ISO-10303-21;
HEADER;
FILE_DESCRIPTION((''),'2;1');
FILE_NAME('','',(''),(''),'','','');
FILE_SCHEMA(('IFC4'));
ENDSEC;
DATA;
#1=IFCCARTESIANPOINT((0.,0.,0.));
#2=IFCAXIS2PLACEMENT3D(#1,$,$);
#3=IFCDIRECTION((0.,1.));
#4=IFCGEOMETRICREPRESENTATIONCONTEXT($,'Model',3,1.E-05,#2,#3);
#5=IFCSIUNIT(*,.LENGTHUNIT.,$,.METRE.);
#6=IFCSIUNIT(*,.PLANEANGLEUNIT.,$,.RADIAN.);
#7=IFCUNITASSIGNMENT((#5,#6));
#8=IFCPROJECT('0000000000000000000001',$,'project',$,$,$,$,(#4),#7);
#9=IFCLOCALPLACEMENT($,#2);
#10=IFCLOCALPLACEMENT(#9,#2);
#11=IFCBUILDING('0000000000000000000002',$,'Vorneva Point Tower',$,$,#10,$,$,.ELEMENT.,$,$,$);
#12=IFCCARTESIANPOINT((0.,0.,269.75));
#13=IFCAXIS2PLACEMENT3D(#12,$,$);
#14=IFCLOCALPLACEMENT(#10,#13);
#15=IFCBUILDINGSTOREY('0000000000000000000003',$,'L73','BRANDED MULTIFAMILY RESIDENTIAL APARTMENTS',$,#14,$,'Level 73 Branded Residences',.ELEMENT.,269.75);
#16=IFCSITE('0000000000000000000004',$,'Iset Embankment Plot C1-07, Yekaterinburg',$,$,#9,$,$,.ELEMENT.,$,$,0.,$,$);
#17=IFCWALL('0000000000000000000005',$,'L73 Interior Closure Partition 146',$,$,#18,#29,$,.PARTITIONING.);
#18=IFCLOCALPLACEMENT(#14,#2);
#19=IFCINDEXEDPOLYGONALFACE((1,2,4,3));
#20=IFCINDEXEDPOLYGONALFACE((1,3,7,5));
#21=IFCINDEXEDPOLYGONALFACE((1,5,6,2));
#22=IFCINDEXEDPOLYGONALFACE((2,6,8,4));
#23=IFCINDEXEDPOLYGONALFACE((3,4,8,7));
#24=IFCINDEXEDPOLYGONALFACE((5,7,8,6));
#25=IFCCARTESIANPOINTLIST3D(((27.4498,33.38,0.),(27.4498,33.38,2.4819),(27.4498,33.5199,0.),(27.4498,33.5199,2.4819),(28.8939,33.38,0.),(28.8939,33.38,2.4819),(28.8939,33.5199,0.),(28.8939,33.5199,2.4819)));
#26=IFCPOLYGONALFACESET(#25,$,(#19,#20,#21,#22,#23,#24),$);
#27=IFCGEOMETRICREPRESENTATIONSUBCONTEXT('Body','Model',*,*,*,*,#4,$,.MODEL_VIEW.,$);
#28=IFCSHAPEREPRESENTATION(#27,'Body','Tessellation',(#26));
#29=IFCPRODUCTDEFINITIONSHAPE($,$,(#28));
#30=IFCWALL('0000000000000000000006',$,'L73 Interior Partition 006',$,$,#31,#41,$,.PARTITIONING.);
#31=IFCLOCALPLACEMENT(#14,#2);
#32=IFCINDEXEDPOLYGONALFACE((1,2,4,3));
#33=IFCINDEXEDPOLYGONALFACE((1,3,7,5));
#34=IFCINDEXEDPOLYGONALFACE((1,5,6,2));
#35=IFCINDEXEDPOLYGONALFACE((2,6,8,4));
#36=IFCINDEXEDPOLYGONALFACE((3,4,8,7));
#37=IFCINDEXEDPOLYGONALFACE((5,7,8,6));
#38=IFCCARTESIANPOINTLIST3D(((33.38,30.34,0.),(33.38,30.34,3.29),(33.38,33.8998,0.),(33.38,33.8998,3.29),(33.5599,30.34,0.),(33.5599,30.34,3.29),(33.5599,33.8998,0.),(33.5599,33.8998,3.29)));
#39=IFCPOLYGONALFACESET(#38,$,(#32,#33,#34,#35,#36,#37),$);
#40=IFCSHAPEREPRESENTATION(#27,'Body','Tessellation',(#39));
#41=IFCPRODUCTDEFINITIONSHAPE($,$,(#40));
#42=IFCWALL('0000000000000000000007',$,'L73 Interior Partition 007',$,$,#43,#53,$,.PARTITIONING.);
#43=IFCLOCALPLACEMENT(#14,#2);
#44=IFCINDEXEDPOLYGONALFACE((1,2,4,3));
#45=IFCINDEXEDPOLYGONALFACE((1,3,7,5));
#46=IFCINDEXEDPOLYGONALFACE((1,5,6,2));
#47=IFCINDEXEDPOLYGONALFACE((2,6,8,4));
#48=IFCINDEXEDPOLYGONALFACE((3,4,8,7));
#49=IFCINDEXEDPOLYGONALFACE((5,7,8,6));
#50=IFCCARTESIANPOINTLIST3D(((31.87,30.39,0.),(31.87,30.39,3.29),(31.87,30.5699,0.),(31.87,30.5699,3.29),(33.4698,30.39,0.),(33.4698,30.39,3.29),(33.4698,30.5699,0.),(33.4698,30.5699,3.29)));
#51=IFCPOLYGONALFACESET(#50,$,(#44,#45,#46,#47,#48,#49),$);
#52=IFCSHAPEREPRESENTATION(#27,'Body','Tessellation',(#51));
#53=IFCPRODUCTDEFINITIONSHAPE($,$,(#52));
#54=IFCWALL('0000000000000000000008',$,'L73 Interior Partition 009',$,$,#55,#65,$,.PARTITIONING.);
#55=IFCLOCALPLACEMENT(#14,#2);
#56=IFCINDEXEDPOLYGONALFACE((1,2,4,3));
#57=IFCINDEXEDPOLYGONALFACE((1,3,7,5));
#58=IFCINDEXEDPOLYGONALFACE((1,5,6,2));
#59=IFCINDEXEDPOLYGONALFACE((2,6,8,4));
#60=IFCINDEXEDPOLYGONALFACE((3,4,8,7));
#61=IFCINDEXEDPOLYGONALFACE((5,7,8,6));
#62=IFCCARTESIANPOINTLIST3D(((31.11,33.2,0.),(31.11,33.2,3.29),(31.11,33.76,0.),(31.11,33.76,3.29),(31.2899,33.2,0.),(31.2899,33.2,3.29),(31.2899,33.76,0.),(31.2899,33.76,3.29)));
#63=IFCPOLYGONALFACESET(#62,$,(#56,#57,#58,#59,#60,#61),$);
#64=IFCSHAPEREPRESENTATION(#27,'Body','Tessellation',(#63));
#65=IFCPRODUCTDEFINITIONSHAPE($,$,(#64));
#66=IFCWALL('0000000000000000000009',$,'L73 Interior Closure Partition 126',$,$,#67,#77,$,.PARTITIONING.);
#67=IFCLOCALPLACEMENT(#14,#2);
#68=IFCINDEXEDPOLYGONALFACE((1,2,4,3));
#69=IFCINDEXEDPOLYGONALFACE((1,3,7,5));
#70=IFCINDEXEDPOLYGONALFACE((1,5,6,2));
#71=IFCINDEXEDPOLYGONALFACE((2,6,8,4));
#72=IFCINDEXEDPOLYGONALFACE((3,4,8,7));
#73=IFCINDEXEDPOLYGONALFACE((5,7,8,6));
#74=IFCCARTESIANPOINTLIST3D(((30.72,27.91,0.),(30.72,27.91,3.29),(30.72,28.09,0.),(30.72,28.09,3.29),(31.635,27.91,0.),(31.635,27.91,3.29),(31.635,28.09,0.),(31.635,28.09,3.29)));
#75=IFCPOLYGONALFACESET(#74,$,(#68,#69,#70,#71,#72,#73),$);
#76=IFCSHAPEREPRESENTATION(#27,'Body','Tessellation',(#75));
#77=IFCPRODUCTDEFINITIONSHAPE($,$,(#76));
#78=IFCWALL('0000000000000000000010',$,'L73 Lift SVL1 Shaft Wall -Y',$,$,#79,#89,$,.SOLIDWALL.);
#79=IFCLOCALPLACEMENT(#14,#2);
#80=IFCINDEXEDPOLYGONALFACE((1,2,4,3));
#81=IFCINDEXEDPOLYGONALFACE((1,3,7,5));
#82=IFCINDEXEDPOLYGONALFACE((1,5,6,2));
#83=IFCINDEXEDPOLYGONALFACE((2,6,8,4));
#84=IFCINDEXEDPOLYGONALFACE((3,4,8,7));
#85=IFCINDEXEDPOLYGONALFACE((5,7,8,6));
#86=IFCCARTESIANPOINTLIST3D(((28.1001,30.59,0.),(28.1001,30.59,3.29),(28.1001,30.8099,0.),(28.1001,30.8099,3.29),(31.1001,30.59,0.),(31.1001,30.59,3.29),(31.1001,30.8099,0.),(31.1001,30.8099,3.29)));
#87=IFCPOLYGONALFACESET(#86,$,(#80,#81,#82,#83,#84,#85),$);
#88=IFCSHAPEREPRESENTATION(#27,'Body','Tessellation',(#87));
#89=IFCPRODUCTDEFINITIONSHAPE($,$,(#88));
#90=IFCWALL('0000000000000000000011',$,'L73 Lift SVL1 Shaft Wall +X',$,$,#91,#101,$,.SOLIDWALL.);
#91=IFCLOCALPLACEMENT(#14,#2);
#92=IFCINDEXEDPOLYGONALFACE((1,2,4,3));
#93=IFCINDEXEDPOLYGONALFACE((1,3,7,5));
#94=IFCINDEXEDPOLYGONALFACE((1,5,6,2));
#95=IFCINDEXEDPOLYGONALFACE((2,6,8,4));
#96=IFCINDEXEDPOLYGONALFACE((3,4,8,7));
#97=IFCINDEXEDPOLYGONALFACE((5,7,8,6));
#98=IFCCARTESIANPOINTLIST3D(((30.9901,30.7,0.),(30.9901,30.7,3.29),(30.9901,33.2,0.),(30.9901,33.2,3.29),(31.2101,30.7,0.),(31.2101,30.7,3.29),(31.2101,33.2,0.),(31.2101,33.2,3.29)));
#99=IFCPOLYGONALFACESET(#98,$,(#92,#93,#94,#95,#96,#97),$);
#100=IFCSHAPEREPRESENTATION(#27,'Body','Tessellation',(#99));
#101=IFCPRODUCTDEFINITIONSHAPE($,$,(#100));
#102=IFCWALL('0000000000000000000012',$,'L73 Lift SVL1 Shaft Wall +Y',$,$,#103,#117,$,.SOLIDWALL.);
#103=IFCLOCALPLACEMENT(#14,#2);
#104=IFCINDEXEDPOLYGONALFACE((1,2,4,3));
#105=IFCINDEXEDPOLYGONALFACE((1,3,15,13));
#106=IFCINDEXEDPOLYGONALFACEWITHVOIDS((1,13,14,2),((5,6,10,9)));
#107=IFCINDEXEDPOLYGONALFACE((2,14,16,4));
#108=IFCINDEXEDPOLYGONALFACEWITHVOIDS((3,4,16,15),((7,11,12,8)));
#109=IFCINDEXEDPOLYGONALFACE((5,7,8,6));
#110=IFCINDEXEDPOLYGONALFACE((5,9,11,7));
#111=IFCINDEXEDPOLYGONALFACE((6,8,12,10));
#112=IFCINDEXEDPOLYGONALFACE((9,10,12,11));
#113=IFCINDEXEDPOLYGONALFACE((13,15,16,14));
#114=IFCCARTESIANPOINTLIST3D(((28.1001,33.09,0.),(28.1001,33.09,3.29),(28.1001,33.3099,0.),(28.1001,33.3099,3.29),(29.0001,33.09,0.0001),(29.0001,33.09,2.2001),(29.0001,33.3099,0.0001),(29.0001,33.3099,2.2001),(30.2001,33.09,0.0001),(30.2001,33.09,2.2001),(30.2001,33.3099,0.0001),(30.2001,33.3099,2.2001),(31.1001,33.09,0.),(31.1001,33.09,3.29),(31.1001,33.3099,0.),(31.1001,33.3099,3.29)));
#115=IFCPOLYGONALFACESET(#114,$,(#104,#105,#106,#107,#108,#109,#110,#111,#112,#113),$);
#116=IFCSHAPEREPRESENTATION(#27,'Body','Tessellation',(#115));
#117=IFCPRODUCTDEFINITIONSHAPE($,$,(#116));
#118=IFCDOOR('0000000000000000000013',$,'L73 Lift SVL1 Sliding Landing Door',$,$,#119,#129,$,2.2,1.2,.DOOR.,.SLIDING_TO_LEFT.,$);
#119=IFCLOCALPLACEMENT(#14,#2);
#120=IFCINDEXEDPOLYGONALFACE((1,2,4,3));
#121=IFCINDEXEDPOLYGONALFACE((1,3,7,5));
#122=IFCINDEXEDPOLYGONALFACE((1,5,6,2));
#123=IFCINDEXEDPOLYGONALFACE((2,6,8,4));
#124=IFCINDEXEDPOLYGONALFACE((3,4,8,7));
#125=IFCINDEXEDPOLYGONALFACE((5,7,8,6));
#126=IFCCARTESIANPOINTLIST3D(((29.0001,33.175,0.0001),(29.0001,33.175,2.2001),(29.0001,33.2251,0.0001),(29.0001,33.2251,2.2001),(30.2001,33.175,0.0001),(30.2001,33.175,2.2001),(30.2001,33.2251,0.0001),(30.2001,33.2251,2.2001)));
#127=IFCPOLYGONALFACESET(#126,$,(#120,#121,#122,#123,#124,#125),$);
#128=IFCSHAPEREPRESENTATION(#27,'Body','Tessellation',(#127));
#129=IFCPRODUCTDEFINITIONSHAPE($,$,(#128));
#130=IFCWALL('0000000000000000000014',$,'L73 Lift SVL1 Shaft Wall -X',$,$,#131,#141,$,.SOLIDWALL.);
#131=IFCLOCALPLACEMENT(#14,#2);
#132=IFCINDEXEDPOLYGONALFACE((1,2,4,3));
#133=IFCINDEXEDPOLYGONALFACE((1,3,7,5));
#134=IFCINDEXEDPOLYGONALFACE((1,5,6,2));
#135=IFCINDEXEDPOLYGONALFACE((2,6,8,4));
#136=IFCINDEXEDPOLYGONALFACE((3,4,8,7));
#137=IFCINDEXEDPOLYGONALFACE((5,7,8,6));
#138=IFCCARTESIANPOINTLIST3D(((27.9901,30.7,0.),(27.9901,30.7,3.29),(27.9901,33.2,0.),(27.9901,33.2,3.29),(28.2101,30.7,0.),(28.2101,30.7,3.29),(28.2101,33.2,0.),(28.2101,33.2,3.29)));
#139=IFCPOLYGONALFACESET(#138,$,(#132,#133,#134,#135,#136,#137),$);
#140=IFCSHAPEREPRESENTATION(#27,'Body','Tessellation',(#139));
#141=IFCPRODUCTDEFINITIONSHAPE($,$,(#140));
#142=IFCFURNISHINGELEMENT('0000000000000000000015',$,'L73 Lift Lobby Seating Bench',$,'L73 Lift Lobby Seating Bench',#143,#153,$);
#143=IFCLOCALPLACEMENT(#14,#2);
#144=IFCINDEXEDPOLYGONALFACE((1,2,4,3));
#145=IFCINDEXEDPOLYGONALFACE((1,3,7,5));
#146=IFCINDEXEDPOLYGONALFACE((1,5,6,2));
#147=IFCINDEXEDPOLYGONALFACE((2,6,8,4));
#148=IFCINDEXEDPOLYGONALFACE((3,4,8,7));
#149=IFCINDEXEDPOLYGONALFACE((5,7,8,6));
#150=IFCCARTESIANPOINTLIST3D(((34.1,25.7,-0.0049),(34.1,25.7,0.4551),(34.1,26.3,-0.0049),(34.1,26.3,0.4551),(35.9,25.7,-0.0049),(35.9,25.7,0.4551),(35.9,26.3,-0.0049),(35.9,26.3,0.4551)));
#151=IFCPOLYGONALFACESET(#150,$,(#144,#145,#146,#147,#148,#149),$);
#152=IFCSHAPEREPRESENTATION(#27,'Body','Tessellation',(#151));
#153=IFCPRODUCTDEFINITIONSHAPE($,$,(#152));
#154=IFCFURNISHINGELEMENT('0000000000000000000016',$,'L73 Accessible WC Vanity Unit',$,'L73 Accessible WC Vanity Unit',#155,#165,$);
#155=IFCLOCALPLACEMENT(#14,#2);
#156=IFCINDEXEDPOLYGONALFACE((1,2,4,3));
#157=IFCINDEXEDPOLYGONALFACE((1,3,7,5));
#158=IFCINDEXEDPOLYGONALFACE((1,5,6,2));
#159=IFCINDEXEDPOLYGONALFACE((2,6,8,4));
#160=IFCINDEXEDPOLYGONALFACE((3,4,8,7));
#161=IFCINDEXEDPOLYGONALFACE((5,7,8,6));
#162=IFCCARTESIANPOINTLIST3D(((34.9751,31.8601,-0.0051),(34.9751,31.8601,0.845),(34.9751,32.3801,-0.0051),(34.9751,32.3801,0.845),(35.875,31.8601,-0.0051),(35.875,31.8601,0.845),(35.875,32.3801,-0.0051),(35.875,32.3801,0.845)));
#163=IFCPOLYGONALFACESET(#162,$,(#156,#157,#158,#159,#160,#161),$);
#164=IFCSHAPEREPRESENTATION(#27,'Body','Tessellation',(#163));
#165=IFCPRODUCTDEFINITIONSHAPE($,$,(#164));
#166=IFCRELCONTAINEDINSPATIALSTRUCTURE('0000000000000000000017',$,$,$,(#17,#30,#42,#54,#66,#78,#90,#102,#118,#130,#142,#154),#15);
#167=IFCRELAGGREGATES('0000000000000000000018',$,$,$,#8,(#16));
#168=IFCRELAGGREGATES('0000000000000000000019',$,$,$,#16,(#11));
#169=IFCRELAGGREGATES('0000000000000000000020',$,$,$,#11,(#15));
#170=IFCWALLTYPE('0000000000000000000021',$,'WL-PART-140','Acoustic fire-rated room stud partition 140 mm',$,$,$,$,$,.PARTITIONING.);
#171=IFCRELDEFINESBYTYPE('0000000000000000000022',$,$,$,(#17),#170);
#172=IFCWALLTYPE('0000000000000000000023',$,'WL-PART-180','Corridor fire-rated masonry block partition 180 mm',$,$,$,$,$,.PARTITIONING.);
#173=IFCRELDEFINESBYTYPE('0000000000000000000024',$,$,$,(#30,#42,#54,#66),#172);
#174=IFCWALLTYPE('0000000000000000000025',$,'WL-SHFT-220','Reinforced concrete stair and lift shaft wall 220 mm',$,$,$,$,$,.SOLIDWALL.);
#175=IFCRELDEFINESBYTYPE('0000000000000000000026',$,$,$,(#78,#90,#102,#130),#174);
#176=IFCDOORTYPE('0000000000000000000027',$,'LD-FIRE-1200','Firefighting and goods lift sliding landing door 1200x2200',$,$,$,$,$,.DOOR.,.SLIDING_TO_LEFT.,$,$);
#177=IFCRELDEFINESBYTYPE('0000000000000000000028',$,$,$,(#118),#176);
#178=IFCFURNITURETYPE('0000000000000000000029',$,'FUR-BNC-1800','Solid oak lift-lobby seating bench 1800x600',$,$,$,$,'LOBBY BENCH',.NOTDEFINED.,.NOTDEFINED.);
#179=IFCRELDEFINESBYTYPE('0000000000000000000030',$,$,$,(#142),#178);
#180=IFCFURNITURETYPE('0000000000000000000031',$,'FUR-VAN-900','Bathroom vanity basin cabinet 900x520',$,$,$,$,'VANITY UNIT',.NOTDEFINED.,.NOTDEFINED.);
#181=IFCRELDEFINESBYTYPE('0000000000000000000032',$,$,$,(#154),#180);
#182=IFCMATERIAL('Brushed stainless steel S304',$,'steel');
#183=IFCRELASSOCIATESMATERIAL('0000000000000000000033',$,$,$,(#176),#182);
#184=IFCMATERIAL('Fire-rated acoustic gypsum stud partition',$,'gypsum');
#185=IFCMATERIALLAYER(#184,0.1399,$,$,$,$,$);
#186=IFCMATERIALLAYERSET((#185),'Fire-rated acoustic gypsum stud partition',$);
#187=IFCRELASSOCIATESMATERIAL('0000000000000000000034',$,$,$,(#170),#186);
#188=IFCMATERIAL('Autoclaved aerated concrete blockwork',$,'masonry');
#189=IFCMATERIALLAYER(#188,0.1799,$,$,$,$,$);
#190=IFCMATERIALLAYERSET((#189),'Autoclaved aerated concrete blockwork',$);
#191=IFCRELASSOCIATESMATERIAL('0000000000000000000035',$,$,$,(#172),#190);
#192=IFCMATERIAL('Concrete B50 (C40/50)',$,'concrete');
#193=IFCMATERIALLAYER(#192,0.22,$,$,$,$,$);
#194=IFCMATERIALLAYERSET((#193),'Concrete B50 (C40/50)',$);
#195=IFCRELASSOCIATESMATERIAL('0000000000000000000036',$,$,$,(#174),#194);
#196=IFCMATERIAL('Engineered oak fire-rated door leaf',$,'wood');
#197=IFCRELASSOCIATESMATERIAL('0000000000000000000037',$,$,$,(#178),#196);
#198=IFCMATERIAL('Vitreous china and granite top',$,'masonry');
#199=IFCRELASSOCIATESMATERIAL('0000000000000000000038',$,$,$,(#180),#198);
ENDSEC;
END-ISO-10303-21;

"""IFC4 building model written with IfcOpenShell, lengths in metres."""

from ifc_helpers import new_model, si_unit, direction, frame, frame_2d, origin, origin_2d, place, context, subcontext, project, spatial, rectangle, extrude, material, layer, layer_set, type_object, element, fill, save


model = new_model("IFC4")

# Units and contexts
model_context = context("Model", 3, precision=1e-05, world=origin(), true_north=direction((0.0, 1.0)))
body_context = subcontext(model_context, "Body", "Model", "MODEL_VIEW")
ifc_project = project(units=[si_unit("LENGTHUNIT", "METRE"), si_unit("PLANEANGLEUNIT", "RADIAN")], contexts=[model_context])

# Site, building, storey
site_placement = place(None, origin())
site = spatial("IfcSite", under=ifc_project, at=site_placement, Name="Iset Embankment Plot C1-07, Yekaterinburg", CompositionType="ELEMENT", RefElevation=0.0)
building_placement = place(site_placement, origin())
building = spatial("IfcBuilding", under=site, at=building_placement, Name="Vorneva Point Tower", CompositionType="ELEMENT")
storey_placement = place(building_placement, frame((0.0, 0.0, 269.75)))
storey = spatial("IfcBuildingStorey", under=building, at=storey_placement, Name="L73", Description="BRANDED MULTIFAMILY RESIDENTIAL APARTMENTS", LongName="Level 73 Branded Residences", CompositionType="ELEMENT", Elevation=269.75)

# Shared definitions
ifc_material_1 = material(Name="Concrete B50 (C40/50)", Category="concrete")

# Shared definitions
ifc_material_2 = material(Name="Brushed stainless steel S304", Category="steel")
door_type_1 = type_object("IfcDoorType", Name="LD-FIRE-1200", Description="Firefighting and goods lift sliding landing door 1200x2200", OperationType="SLIDING_TO_LEFT", PredefinedType="DOOR", material=ifc_material_2)

# Walls
ifc_material_3 = material(Name="Fire-rated acoustic gypsum stud partition", Category="gypsum")
ifc_layer_1 = layer(ifc_material_3, 0.1399)
ifc_layer_set_1 = layer_set([ifc_layer_1], Name="Fire-rated acoustic gypsum stud partition")
wall_type_1 = type_object("IfcWallType", Name="WL-PART-140", Description="Acoustic fire-rated room stud partition 140 mm", PredefinedType="PARTITIONING", material=ifc_layer_set_1)
wall_1_placement = place(storey_placement, frame((28.894, 33.45, 0.0), z_axis=(0.0, 0.0, 1.0), x_axis=(-1.0, 0.0, 0.0)))
element("IfcWall", 1, at=wall_1_placement, inside=storey, type_object=wall_type_1, Name="L73 Interior Closure Partition 146", PredefinedType="PARTITIONING", context=body_context, shape_type="SweptSolid", body=[
    extrude(rectangle(XDim=1.4441, YDim=0.1399, at=frame_2d((0.7222, 0.0))), origin(), (0.0, 0.0, 1.0), 2.4819),
])
ifc_material_4 = material(Name="Autoclaved aerated concrete blockwork", Category="masonry")
ifc_layer_2 = layer(ifc_material_4, 0.1799)
ifc_layer_set_2 = layer_set([ifc_layer_2], Name="Autoclaved aerated concrete blockwork")
wall_type_2 = type_object("IfcWallType", Name="WL-PART-180", Description="Corridor fire-rated masonry block partition 180 mm", PredefinedType="PARTITIONING", material=ifc_layer_set_2)
wall_2_placement = place(storey_placement, frame((33.47, 30.3401, 0.0), z_axis=(0.0, 0.0, 1.0), x_axis=(0.0, 1.0, 0.0)))
element("IfcWall", 2, at=wall_2_placement, inside=storey, type_object=wall_type_2, Name="L73 Interior Partition 006", PredefinedType="PARTITIONING", context=body_context, shape_type="SweptSolid", body=[
    extrude(rectangle(XDim=3.5598, YDim=0.1799, at=frame_2d((1.7798, 0.0))), origin(), (0.0, 0.0, 1.0), 3.29),
])
wall_3_placement = place(storey_placement, frame((31.8701, 30.48, 0.0), z_axis=(0.0, 0.0, 1.0), x_axis=(1.0, 0.0, 0.0)))
element("IfcWall", 3, at=wall_3_placement, inside=storey, type_object=wall_type_2, Name="L73 Interior Partition 007", PredefinedType="PARTITIONING", context=body_context, shape_type="SweptSolid", body=[
    extrude(rectangle(XDim=1.5999, YDim=0.1799, at=frame_2d((0.7998, 0.0))), origin(), (0.0, 0.0, 1.0), 3.29),
])

# Walls
wall_4_placement = place(storey_placement, frame((31.2, 33.76, 0.0), z_axis=(0.0, 0.0, 1.0), x_axis=(0.0, -1.0, 0.0)))
element("IfcWall", 4, at=wall_4_placement, inside=storey, type_object=wall_type_2, Name="L73 Interior Partition 009", PredefinedType="PARTITIONING", context=body_context, shape_type="SweptSolid", body=[
    extrude(rectangle(XDim=0.5601, YDim=0.1799, at=frame_2d((0.28, 0.0))), origin(), (0.0, 0.0, 1.0), 3.29),
])
wall_5_placement = place(storey_placement, frame((31.635, 28.0, 0.0), z_axis=(0.0, 0.0, 1.0), x_axis=(-1.0, 0.0, 0.0)))
element("IfcWall", 5, at=wall_5_placement, inside=storey, type_object=wall_type_2, Name="L73 Interior Closure Partition 126", PredefinedType="PARTITIONING", context=body_context, shape_type="SweptSolid", body=[
    extrude(rectangle(XDim=0.915, YDim=0.1799, at=frame_2d((0.4575, 0.0))), origin(), (0.0, 0.0, 1.0), 3.29),
])
ifc_layer_3 = layer(ifc_material_1, 0.22)
ifc_layer_set_3 = layer_set([ifc_layer_3], Name="Concrete B50 (C40/50)")
wall_type_3 = type_object("IfcWallType", Name="WL-SHFT-220", Description="Reinforced concrete stair and lift shaft wall 220 mm", PredefinedType="SOLIDWALL", material=ifc_layer_set_3)
wall_6_placement = place(storey_placement, frame((28.1001, 30.7, 0.0), z_axis=(0.0, 0.0, 1.0), x_axis=(1.0, 0.0, 0.0)))
element("IfcWall", 6, at=wall_6_placement, inside=storey, type_object=wall_type_3, Name="L73 Lift SVL1 Shaft Wall -Y", PredefinedType="SOLIDWALL", context=body_context, shape_type="SweptSolid", body=[
    extrude(rectangle(XDim=3.0, YDim=0.22, at=frame_2d((1.5, 0.0))), origin(), (0.0, 0.0, 1.0), 3.29),
])
wall_7_placement = place(storey_placement, frame((31.1001, 30.7, 0.0), z_axis=(0.0, 0.0, 1.0), x_axis=(0.0, 1.0, 0.0)))
element("IfcWall", 7, at=wall_7_placement, inside=storey, type_object=wall_type_3, Name="L73 Lift SVL1 Shaft Wall +X", PredefinedType="SOLIDWALL", context=body_context, shape_type="SweptSolid", body=[
    extrude(rectangle(XDim=2.5, YDim=0.22, at=frame_2d((1.25, 0.0))), origin(), (0.0, 0.0, 1.0), 3.29),
])

# Wall, opening, door
wall_8_placement = place(storey_placement, frame((31.1001, 33.2, 0.0), z_axis=(0.0, 0.0, 1.0), x_axis=(-1.0, 0.0, 0.0)))
wall_8 = element("IfcWall", 8, at=wall_8_placement, inside=storey, type_object=wall_type_3, Name="L73 Lift SVL1 Shaft Wall +Y", PredefinedType="SOLIDWALL", context=body_context, shape_type="SweptSolid", body=[
    extrude(rectangle(XDim=3.0, YDim=0.22, at=frame_2d((1.5, 0.0))), origin(), (0.0, 0.0, 1.0), 3.29),
])
opening_1_placement = place(wall_8_placement, frame((0.8999, 0.0, 0.0)))
opening_1 = element("IfcOpeningElement", 9, at=opening_1_placement, cuts=wall_8, PredefinedType="OPENING", context=body_context, shape_type="SweptSolid", body=[
    extrude(rectangle(XDim=1.2, YDim=2.2, at=frame_2d((0.6001, 1.1001))), frame((0.0, 0.125, 0.0), z_axis=(0.0, -1.0, 0.0), x_axis=(1.0, 0.0, 0.0)), (0.0, 0.0, 1.0), 0.2498),
])
door_1_placement = place(opening_1_placement, origin())
door_1 = element("IfcDoor", 10, at=door_1_placement, inside=storey, type_object=door_type_1, Name="L73 Lift SVL1 Sliding Landing Door", OperationType="SLIDING_TO_LEFT", OverallHeight=2.2, OverallWidth=1.2, PredefinedType="DOOR", context=body_context, shape_type="SweptSolid", body=[
    extrude(rectangle(XDim=1.2, YDim=2.2, at=frame_2d((0.6001, 1.1001))), frame((0.0, 0.0249, 0.0), z_axis=(0.0, -1.0, 0.0), x_axis=(1.0, 0.0, 0.0)), (0.0, 0.0, 1.0), 0.05),
])
fill(opening_1, door_1)

# Wall
wall_9_placement = place(storey_placement, frame((28.1001, 33.2, 0.0), z_axis=(0.0, 0.0, 1.0), x_axis=(0.0, -1.0, 0.0)))
element("IfcWall", 11, at=wall_9_placement, inside=storey, type_object=wall_type_3, Name="L73 Lift SVL1 Shaft Wall -X", PredefinedType="SOLIDWALL", context=body_context, shape_type="SweptSolid", body=[
    extrude(rectangle(XDim=2.5, YDim=0.22, at=frame_2d((1.25, 0.0))), origin(), (0.0, 0.0, 1.0), 3.29),
])

# Furnishing elements
ifc_material_5 = material(Name="Engineered oak fire-rated door leaf", Category="wood")
furniture_type_1 = type_object("IfcFurnitureType", Name="FUR-BNC-1800", Description="Solid oak lift-lobby seating bench 1800x600", ElementType="LOBBY BENCH", AssemblyPlace="NOTDEFINED", PredefinedType="NOTDEFINED", material=ifc_material_5)
furnishing_1_placement = place(storey_placement, frame((35.0, 26.0, -0.0049), z_axis=(0.0, 0.0, 1.0), x_axis=(1.0, 0.0, 0.0)))
element("IfcFurnishingElement", 12, at=furnishing_1_placement, inside=storey, type_object=furniture_type_1, Name="L73 Lift Lobby Seating Bench", ObjectType="L73 Lift Lobby Seating Bench", context=body_context, shape_type="SweptSolid", body=[
    extrude(rectangle(XDim=1.8, YDim=0.6001, at=origin_2d()), origin(), (0.0, 0.0, 1.0), 0.46),
])
ifc_material_6 = material(Name="Vitreous china and granite top", Category="masonry")
furniture_type_2 = type_object("IfcFurnitureType", Name="FUR-VAN-900", Description="Bathroom vanity basin cabinet 900x520", ElementType="VANITY UNIT", AssemblyPlace="NOTDEFINED", PredefinedType="NOTDEFINED", material=ifc_material_6)
furnishing_2_placement = place(storey_placement, frame((35.425, 32.1201, -0.0051), z_axis=(0.0, 0.0, 1.0), x_axis=(1.0, 0.0, 0.0)))
element("IfcFurnishingElement", 13, at=furnishing_2_placement, inside=storey, type_object=furniture_type_2, Name="L73 Accessible WC Vanity Unit", ObjectType="L73 Accessible WC Vanity Unit", context=body_context, shape_type="SweptSolid", body=[
    extrude(rectangle(XDim=0.8999, YDim=0.52, at=origin_2d()), origin(), (0.0, 0.0, 1.0), 0.8501),
])

save(model, "model.ifc")
